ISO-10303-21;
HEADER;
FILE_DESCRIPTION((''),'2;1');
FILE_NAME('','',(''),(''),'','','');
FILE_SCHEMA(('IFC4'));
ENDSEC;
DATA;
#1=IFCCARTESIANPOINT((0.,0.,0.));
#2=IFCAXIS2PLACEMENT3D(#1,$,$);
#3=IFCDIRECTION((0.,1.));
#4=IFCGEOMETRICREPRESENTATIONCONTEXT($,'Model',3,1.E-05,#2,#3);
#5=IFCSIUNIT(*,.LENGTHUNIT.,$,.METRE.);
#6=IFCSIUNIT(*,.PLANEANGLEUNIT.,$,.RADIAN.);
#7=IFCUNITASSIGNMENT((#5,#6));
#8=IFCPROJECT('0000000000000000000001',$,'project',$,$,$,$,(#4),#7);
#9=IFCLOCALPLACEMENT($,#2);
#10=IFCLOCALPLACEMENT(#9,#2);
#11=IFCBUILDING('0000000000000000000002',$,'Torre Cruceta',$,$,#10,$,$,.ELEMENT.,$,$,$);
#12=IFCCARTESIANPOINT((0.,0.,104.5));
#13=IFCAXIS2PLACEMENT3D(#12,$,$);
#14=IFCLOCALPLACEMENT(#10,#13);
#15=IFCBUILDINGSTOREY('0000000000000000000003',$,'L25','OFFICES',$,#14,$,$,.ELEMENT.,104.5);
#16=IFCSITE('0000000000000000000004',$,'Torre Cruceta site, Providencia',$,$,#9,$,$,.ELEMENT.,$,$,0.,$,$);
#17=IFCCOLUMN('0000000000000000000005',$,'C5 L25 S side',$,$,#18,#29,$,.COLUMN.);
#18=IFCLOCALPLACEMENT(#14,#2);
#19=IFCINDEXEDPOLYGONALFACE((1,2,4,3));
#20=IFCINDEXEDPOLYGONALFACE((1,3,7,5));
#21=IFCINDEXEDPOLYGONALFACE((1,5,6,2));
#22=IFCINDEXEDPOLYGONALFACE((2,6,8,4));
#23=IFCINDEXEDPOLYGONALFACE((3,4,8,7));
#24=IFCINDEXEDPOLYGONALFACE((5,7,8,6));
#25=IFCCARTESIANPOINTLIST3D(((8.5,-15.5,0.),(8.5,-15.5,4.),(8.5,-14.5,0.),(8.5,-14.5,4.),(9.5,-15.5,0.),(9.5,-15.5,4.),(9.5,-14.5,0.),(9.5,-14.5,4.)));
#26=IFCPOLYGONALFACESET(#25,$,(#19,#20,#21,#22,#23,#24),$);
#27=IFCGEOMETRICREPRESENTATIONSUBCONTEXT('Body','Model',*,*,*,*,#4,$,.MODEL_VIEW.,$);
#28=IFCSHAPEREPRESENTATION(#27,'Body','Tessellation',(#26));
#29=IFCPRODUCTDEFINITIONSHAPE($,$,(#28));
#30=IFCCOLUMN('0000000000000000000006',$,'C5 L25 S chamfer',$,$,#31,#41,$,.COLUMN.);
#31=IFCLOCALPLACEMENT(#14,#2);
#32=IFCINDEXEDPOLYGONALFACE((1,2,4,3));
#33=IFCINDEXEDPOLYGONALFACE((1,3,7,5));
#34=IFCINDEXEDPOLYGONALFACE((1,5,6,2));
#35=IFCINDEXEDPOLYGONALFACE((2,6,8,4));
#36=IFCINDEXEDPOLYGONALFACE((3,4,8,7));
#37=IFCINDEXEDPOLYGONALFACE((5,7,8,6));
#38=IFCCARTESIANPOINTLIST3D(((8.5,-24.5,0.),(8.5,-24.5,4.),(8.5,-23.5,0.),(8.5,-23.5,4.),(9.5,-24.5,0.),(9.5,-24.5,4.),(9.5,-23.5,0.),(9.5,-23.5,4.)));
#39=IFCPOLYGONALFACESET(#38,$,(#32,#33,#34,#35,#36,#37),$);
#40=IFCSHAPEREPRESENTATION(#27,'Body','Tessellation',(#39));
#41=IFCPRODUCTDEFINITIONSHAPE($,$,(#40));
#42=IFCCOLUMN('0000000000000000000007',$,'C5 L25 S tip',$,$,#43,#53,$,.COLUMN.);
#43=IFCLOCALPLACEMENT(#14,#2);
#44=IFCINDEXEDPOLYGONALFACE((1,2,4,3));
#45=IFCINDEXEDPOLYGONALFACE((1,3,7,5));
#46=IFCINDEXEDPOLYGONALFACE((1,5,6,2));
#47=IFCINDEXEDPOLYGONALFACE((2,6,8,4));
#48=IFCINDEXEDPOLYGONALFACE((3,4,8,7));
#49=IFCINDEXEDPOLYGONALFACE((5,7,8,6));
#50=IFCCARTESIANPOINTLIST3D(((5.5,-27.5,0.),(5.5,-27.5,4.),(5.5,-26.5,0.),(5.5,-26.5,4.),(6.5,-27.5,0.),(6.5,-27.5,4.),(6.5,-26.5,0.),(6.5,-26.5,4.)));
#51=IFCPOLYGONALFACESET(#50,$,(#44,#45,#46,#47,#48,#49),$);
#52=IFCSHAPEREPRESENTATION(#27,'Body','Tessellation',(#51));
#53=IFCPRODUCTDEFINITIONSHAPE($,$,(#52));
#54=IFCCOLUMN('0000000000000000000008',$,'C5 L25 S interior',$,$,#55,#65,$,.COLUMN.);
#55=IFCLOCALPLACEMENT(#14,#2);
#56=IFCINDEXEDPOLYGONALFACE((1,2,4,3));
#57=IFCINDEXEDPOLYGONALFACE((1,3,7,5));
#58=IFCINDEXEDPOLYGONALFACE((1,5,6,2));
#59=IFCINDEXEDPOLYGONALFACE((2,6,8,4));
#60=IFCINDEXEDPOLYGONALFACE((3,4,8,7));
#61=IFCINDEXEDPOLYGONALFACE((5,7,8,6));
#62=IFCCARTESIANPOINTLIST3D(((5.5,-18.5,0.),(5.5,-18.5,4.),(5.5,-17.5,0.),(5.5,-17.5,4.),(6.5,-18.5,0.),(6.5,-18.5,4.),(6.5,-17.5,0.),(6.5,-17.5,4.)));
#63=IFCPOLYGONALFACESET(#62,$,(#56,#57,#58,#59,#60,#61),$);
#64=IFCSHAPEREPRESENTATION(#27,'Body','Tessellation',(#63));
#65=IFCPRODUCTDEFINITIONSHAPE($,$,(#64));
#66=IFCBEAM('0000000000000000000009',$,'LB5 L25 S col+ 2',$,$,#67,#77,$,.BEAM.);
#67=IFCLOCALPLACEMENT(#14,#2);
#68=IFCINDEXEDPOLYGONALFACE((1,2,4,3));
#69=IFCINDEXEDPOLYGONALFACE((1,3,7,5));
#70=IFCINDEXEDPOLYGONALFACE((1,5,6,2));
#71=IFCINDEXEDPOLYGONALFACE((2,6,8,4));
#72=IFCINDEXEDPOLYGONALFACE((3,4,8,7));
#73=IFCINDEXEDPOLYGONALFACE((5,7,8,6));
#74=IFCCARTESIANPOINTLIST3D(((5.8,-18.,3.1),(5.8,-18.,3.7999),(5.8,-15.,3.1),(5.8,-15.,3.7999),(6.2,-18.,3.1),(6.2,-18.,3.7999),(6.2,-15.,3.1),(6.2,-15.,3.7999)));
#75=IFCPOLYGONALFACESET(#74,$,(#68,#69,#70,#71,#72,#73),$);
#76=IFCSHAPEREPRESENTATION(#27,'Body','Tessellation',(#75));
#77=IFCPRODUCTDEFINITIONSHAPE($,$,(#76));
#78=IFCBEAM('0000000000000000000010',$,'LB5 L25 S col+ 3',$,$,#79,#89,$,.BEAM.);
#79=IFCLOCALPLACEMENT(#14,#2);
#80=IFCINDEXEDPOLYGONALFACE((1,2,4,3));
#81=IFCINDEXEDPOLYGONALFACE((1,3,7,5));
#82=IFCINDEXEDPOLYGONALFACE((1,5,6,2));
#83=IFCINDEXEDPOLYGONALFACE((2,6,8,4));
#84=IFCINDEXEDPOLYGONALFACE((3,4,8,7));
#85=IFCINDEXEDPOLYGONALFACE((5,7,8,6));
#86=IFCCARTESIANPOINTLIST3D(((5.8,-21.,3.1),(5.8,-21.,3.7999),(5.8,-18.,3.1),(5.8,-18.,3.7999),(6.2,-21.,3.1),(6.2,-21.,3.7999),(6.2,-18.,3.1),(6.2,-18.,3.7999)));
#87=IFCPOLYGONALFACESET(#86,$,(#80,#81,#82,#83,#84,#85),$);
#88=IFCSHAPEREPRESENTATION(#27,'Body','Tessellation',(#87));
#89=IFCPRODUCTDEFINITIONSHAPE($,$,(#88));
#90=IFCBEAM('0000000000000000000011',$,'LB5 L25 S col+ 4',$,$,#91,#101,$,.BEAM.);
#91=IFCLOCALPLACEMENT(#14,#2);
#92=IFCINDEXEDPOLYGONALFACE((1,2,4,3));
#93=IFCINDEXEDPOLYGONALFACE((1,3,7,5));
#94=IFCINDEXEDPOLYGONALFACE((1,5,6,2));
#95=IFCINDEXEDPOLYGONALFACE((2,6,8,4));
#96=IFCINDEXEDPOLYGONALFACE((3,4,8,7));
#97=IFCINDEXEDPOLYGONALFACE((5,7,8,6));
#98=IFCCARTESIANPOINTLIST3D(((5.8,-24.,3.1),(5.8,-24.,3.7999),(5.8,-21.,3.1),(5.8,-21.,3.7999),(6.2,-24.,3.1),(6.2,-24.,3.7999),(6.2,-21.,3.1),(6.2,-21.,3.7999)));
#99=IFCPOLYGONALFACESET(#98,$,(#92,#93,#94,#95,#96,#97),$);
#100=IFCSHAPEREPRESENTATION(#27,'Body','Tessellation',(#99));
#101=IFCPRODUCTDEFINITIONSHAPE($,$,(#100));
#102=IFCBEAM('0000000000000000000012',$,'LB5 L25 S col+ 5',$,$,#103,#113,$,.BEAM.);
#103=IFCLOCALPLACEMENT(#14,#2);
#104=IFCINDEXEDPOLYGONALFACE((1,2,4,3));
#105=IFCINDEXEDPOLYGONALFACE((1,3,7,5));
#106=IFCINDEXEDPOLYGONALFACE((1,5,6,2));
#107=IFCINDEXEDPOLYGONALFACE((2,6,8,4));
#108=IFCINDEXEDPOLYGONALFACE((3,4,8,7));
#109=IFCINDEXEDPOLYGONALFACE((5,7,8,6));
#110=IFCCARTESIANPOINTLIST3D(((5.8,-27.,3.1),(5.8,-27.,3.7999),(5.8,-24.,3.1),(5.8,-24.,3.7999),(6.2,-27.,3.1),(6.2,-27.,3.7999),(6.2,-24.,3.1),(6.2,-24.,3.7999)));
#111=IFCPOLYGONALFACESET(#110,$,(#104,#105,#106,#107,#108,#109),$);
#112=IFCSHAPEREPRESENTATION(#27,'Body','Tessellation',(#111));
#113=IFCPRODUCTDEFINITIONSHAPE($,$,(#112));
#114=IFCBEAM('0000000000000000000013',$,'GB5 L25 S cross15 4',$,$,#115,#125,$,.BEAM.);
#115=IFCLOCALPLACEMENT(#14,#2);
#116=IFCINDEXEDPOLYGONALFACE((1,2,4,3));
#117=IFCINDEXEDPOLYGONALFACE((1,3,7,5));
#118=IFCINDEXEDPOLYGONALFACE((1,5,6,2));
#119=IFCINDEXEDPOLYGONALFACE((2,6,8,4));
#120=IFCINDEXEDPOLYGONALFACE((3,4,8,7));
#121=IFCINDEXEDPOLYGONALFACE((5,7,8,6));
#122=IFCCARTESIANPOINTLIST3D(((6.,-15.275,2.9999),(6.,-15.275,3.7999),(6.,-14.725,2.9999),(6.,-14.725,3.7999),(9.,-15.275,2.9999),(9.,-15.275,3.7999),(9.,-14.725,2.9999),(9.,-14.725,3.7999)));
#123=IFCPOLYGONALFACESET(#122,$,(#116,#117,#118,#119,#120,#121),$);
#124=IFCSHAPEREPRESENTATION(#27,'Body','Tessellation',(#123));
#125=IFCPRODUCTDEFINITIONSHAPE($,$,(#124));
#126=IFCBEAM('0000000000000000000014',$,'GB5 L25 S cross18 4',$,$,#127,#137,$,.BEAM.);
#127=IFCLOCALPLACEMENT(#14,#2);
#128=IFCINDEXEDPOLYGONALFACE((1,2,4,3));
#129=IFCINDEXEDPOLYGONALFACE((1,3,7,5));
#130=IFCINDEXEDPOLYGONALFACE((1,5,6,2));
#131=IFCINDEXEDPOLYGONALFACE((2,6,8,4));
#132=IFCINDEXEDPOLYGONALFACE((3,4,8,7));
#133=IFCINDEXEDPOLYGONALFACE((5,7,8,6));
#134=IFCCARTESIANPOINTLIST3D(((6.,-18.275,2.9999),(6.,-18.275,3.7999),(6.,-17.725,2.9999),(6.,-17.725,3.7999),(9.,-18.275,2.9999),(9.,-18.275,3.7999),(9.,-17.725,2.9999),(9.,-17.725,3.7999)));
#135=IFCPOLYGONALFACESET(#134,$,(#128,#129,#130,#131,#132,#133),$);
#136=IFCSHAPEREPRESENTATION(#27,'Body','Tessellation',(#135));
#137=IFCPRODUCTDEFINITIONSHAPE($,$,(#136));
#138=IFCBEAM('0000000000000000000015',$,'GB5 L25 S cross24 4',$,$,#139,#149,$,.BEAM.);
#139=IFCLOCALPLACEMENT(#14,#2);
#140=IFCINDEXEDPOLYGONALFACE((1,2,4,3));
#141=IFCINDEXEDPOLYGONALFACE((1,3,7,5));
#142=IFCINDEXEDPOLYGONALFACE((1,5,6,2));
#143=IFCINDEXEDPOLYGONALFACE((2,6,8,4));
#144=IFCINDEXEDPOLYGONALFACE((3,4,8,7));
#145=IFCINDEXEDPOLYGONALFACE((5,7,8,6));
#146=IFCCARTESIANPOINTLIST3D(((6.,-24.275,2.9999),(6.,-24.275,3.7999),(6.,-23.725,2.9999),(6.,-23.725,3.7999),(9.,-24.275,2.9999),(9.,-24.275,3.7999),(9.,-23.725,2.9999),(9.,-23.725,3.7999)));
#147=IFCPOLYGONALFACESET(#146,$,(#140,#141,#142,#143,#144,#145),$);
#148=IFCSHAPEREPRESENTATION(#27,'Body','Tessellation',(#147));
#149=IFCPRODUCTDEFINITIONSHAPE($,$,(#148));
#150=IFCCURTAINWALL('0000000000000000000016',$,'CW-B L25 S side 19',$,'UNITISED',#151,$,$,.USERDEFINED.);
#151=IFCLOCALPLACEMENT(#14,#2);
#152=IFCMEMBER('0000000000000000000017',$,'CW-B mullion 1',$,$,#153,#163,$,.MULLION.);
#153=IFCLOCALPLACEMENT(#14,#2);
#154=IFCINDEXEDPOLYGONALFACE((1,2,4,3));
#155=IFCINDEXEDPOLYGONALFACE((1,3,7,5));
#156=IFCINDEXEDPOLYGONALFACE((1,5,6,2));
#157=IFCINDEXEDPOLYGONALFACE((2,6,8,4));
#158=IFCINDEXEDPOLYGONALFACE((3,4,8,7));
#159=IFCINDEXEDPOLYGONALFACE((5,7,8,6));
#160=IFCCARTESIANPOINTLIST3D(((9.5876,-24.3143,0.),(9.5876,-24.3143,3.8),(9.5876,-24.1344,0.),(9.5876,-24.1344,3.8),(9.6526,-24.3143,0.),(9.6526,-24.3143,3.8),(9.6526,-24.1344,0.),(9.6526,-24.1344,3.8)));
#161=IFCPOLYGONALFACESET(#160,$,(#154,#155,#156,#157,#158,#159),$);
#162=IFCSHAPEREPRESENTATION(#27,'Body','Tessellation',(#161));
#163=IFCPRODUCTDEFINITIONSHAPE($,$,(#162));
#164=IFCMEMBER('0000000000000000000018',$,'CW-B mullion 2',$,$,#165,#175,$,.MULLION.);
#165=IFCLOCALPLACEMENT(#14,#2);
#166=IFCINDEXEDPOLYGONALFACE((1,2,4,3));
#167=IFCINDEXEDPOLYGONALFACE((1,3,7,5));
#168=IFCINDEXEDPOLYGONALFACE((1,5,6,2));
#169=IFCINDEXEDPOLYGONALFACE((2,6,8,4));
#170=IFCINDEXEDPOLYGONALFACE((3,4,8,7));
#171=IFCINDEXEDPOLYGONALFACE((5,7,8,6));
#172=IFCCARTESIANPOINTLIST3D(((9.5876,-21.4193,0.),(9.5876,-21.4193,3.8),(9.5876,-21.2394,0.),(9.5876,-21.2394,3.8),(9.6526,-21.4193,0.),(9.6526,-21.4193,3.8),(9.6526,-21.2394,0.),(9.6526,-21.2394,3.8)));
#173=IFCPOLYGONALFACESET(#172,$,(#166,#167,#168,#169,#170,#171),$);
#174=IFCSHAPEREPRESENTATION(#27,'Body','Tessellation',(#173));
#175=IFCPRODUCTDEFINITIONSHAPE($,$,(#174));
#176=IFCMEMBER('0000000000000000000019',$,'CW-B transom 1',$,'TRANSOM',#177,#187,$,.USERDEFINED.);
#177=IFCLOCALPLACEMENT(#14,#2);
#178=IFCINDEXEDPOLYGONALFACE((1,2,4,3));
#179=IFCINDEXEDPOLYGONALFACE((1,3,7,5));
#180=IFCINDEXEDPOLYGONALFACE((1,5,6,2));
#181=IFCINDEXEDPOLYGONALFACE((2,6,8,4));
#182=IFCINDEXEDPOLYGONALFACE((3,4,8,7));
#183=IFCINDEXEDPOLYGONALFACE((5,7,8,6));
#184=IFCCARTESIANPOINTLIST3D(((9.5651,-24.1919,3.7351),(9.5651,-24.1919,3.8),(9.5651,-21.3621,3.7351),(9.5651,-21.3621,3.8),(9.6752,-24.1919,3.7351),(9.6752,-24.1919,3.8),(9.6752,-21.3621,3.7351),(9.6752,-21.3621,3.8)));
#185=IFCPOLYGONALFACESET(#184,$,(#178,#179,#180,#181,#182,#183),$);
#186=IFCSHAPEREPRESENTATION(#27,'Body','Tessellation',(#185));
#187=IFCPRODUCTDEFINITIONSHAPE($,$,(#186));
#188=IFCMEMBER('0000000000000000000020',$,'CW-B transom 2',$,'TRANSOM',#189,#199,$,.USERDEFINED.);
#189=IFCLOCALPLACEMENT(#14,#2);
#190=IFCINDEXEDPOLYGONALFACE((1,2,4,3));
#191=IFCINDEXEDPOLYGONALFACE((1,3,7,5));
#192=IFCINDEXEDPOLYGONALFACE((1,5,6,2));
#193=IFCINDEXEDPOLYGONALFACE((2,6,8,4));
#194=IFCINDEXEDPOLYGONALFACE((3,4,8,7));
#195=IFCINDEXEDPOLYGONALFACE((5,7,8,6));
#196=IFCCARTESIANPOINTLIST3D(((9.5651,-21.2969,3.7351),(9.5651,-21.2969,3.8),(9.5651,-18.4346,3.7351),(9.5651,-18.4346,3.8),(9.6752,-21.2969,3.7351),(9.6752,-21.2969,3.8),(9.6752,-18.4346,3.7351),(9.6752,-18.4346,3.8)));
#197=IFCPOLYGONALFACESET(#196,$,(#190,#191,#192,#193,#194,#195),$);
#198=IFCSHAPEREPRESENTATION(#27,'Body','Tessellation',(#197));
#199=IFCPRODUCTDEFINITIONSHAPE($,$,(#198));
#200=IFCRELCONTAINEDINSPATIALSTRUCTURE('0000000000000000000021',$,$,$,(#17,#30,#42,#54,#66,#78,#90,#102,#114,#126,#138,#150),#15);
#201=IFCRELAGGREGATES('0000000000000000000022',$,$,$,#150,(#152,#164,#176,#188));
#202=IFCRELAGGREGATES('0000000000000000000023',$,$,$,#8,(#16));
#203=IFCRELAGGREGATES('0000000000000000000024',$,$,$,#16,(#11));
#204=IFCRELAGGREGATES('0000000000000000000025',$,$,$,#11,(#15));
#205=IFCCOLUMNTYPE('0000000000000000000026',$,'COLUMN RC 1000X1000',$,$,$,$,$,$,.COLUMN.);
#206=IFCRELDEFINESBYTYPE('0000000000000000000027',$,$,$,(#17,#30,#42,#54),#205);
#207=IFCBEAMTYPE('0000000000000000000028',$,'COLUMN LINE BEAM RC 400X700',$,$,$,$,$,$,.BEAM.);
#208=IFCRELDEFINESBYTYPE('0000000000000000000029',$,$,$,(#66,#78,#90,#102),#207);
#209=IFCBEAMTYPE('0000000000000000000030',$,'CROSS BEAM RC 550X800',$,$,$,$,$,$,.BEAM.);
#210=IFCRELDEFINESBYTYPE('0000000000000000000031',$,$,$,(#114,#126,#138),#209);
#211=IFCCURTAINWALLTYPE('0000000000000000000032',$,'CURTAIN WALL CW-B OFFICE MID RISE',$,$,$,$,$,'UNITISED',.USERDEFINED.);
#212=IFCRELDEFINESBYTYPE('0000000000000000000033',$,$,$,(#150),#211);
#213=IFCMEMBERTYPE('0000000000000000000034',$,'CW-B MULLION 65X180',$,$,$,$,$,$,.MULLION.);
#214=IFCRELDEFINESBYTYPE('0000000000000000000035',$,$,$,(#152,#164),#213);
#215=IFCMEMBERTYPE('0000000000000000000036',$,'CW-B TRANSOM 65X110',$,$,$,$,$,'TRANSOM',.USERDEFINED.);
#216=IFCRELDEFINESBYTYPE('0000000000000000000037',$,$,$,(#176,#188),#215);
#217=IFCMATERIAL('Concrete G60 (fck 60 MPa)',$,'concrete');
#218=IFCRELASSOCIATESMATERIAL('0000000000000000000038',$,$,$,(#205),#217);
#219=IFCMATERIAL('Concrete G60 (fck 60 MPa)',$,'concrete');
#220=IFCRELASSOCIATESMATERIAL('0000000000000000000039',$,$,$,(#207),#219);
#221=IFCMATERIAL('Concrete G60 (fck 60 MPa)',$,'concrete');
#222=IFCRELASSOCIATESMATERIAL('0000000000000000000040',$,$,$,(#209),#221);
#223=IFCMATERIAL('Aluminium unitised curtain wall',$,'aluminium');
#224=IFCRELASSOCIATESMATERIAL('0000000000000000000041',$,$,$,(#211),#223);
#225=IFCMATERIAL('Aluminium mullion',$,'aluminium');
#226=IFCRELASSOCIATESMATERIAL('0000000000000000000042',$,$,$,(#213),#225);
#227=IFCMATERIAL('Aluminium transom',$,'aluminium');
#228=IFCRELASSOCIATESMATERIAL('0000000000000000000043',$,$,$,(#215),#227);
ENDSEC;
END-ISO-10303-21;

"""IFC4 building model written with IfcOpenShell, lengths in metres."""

from ifc_helpers import new_model, si_unit, direction, frame, origin, origin_2d, place, context, subcontext, project, spatial, rectangle, extrude, material, material_profile, profile_set, type_object, element, aggregate, save


model = new_model("IFC4")

# Units and contexts
model_context = context("Model", 3, precision=1e-05, world=origin(), true_north=direction((0.0, 1.0)))
body_context = subcontext(model_context, "Body", "Model", "MODEL_VIEW")
ifc_project = project(units=[si_unit("LENGTHUNIT", "METRE"), si_unit("PLANEANGLEUNIT", "RADIAN")], contexts=[model_context])

# Site, building, storey
site_placement = place(None, origin())
site = spatial("IfcSite", under=ifc_project, at=site_placement, Name="Torre Cruceta site, Providencia", CompositionType="ELEMENT", RefElevation=0.0)
building_placement = place(site_placement, origin())
building = spatial("IfcBuilding", under=site, at=building_placement, Name="Torre Cruceta", CompositionType="ELEMENT")
storey_placement = place(building_placement, frame((0.0, 0.0, 104.5)))
storey = spatial("IfcBuildingStorey", under=building, at=storey_placement, Name="L25", Description="OFFICES", CompositionType="ELEMENT", Elevation=104.5)

# Columns
ifc_material_1 = material(Name="Concrete G60 (fck 60 MPa)", Category="concrete")
ifc_material_profile_1 = material_profile(ifc_material_1, rectangle(XDim=1.0, YDim=1.0, at=origin_2d()), Name="RC 1000X1000")
ifc_profile_set_1 = profile_set([ifc_material_profile_1], Name="Concrete G60 (fck 60 MPa)")
column_type = type_object("IfcColumnType", Name="COLUMN RC 1000X1000", PredefinedType="COLUMN", material=ifc_profile_set_1)
for number, where, z_axis, x_axis, name in (
    (1, (9.0, -15.0, 0.0), (0.0, 0.0, 1.0), (1.0, 0.0, 0.0), "C5 L25 S side"),
    (2, (9.0, -24.0, 0.0), (0.0, 0.0, 1.0), (1.0, 0.0, 0.0), "C5 L25 S chamfer"),
    (3, (6.0, -27.0, 0.0), (0.0, 0.0, 1.0), (1.0, 0.0, 0.0), "C5 L25 S tip"),
    (4, (6.0, -18.0, 0.0), (0.0, 0.0, 1.0), (1.0, 0.0, 0.0), "C5 L25 S interior"),
):
    element("IfcColumn", number, at=place(storey_placement, frame(where, z_axis=z_axis, x_axis=x_axis)), inside=storey, type_object=column_type, Name=name, PredefinedType="COLUMN", context=body_context, shape_type="SweptSolid", body=[
        extrude(rectangle(XDim=1.0, YDim=1.0, at=origin_2d()), origin(), (0.0, 0.0, 1.0), 4.0),
    ])

# Beams
ifc_material_2 = material(Name="Concrete G60 (fck 60 MPa)", Category="concrete")
ifc_material_profile_2 = material_profile(ifc_material_2, rectangle(XDim=0.3999, YDim=0.7, at=origin_2d()), Name="RC 400X700")
ifc_profile_set_2 = profile_set([ifc_material_profile_2], Name="Concrete G60 (fck 60 MPa)")
beam_type_1 = type_object("IfcBeamType", Name="COLUMN LINE BEAM RC 400X700", PredefinedType="BEAM", material=ifc_profile_set_2)
for number, where, z_axis, x_axis, name in (
    (5, (6.0, -15.0, 3.45), (0.0, -1.0, 0.0), (1.0, 0.0, 0.0), "LB5 L25 S col+ 2"),
    (6, (6.0, -18.0, 3.45), (0.0, -1.0, 0.0), (1.0, 0.0, 0.0), "LB5 L25 S col+ 3"),
    (7, (6.0, -21.0, 3.45), (0.0, -1.0, 0.0), (1.0, 0.0, 0.0), "LB5 L25 S col+ 4"),
    (8, (6.0, -24.0, 3.45), (0.0, -1.0, 0.0), (1.0, 0.0, 0.0), "LB5 L25 S col+ 5"),
):
    element("IfcBeam", number, at=place(storey_placement, frame(where, z_axis=z_axis, x_axis=x_axis)), inside=storey, type_object=beam_type_1, Name=name, PredefinedType="BEAM", context=body_context, shape_type="SweptSolid", body=[
        extrude(rectangle(XDim=0.3999, YDim=0.7, at=origin_2d()), origin(), (0.0, 0.0, 1.0), 3.0),
    ])
ifc_material_3 = material(Name="Concrete G60 (fck 60 MPa)", Category="concrete")
ifc_material_profile_3 = material_profile(ifc_material_3, rectangle(XDim=0.55, YDim=0.8, at=origin_2d()), Name="RC 550X800")
ifc_profile_set_3 = profile_set([ifc_material_profile_3], Name="Concrete G60 (fck 60 MPa)")
beam_type_2 = type_object("IfcBeamType", Name="CROSS BEAM RC 550X800", PredefinedType="BEAM", material=ifc_profile_set_3)
for number, where, z_axis, x_axis, name in (
    (9, (6.0, -15.0, 3.3999), (1.0, 0.0, 0.0), (0.0, 1.0, 0.0), "GB5 L25 S cross15 4"),
    (10, (6.0, -18.0, 3.3999), (1.0, 0.0, 0.0), (0.0, 1.0, 0.0), "GB5 L25 S cross18 4"),
    (11, (6.0, -24.0, 3.3999), (1.0, 0.0, 0.0), (0.0, 1.0, 0.0), "GB5 L25 S cross24 4"),
):
    element("IfcBeam", number, at=place(storey_placement, frame(where, z_axis=z_axis, x_axis=x_axis)), inside=storey, type_object=beam_type_2, Name=name, PredefinedType="BEAM", context=body_context, shape_type="SweptSolid", body=[
        extrude(rectangle(XDim=0.55, YDim=0.8, at=origin_2d()), origin(), (0.0, 0.0, 1.0), 3.0),
    ])

# Curtain wall, members
ifc_material_4 = material(Name="Aluminium unitised curtain wall", Category="aluminium")
curtain_wall_type = type_object("IfcCurtainWallType", Name="CURTAIN WALL CW-B OFFICE MID RISE", ElementType="UNITISED", PredefinedType="USERDEFINED", material=ifc_material_4)
curtain_wall_placement = place(storey_placement, origin())
curtain_wall = element("IfcCurtainWall", 12, at=curtain_wall_placement, inside=storey, type_object=curtain_wall_type, Name="CW-B L25 S side 19", ObjectType="UNITISED", PredefinedType="USERDEFINED")
ifc_material_5 = material(Name="Aluminium mullion", Category="aluminium")
ifc_material_profile_4 = material_profile(ifc_material_5, rectangle(XDim=0.0649, YDim=0.1799, at=origin_2d()), Name="AL 65X180")
ifc_profile_set_4 = profile_set([ifc_material_profile_4], Name="Aluminium mullion")
member_type_1 = type_object("IfcMemberType", Name="CW-B MULLION 65X180", PredefinedType="MULLION", material=ifc_profile_set_4)
member_1_placement = place(storey_placement, frame((9.6201, -24.2244, 0.0), z_axis=(0.0, 0.0, 1.0), x_axis=(-1.0, 0.0, 0.0)))
member_1 = element("IfcMember", 13, at=member_1_placement, type_object=member_type_1, Name="CW-B mullion 1", PredefinedType="MULLION", context=body_context, shape_type="SweptSolid", body=[
    extrude(rectangle(XDim=0.0649, YDim=0.1799, at=origin_2d()), origin(), (0.0, 0.0, 1.0), 3.8),
])
member_2_placement = place(storey_placement, frame((9.6201, -21.3293, 0.0), z_axis=(0.0, 0.0, 1.0), x_axis=(-1.0, 0.0, 0.0)))
member_2 = element("IfcMember", 14, at=member_2_placement, type_object=member_type_1, Name="CW-B mullion 2", PredefinedType="MULLION", context=body_context, shape_type="SweptSolid", body=[
    extrude(rectangle(XDim=0.0649, YDim=0.1799, at=origin_2d()), origin(), (0.0, 0.0, 1.0), 3.8),
])
ifc_material_6 = material(Name="Aluminium transom", Category="aluminium")
ifc_material_profile_5 = material_profile(ifc_material_6, rectangle(XDim=0.1101, YDim=0.0649, at=origin_2d()), Name="AL 110X65")
ifc_profile_set_5 = profile_set([ifc_material_profile_5], Name="Aluminium transom")
member_type_2 = type_object("IfcMemberType", Name="CW-B TRANSOM 65X110", ElementType="TRANSOM", PredefinedType="USERDEFINED", material=ifc_profile_set_5)
member_3_placement = place(storey_placement, frame((9.6201, -24.1919, 3.7676), z_axis=(0.0, 1.0, 0.0), x_axis=(-1.0, 0.0, 0.0)))
member_3 = element("IfcMember", 15, at=member_3_placement, type_object=member_type_2, Name="CW-B transom 1", ObjectType="TRANSOM", PredefinedType="USERDEFINED", context=body_context, shape_type="SweptSolid", body=[
    extrude(rectangle(XDim=0.1101, YDim=0.0649, at=origin_2d()), origin(), (0.0, 0.0, 1.0), 2.8298),
])
member_4_placement = place(storey_placement, frame((9.6201, -21.2969, 3.7676), z_axis=(0.0, 1.0, 0.0), x_axis=(-1.0, 0.0, 0.0)))
member_4 = element("IfcMember", 16, at=member_4_placement, type_object=member_type_2, Name="CW-B transom 2", ObjectType="TRANSOM", PredefinedType="USERDEFINED", context=body_context, shape_type="SweptSolid", body=[
    extrude(rectangle(XDim=0.1101, YDim=0.0649, at=origin_2d()), origin(), (0.0, 0.0, 1.0), 2.8623),
])

aggregate(curtain_wall, [member_1, member_2, member_3, member_4])

save(model, "model.ifc")
